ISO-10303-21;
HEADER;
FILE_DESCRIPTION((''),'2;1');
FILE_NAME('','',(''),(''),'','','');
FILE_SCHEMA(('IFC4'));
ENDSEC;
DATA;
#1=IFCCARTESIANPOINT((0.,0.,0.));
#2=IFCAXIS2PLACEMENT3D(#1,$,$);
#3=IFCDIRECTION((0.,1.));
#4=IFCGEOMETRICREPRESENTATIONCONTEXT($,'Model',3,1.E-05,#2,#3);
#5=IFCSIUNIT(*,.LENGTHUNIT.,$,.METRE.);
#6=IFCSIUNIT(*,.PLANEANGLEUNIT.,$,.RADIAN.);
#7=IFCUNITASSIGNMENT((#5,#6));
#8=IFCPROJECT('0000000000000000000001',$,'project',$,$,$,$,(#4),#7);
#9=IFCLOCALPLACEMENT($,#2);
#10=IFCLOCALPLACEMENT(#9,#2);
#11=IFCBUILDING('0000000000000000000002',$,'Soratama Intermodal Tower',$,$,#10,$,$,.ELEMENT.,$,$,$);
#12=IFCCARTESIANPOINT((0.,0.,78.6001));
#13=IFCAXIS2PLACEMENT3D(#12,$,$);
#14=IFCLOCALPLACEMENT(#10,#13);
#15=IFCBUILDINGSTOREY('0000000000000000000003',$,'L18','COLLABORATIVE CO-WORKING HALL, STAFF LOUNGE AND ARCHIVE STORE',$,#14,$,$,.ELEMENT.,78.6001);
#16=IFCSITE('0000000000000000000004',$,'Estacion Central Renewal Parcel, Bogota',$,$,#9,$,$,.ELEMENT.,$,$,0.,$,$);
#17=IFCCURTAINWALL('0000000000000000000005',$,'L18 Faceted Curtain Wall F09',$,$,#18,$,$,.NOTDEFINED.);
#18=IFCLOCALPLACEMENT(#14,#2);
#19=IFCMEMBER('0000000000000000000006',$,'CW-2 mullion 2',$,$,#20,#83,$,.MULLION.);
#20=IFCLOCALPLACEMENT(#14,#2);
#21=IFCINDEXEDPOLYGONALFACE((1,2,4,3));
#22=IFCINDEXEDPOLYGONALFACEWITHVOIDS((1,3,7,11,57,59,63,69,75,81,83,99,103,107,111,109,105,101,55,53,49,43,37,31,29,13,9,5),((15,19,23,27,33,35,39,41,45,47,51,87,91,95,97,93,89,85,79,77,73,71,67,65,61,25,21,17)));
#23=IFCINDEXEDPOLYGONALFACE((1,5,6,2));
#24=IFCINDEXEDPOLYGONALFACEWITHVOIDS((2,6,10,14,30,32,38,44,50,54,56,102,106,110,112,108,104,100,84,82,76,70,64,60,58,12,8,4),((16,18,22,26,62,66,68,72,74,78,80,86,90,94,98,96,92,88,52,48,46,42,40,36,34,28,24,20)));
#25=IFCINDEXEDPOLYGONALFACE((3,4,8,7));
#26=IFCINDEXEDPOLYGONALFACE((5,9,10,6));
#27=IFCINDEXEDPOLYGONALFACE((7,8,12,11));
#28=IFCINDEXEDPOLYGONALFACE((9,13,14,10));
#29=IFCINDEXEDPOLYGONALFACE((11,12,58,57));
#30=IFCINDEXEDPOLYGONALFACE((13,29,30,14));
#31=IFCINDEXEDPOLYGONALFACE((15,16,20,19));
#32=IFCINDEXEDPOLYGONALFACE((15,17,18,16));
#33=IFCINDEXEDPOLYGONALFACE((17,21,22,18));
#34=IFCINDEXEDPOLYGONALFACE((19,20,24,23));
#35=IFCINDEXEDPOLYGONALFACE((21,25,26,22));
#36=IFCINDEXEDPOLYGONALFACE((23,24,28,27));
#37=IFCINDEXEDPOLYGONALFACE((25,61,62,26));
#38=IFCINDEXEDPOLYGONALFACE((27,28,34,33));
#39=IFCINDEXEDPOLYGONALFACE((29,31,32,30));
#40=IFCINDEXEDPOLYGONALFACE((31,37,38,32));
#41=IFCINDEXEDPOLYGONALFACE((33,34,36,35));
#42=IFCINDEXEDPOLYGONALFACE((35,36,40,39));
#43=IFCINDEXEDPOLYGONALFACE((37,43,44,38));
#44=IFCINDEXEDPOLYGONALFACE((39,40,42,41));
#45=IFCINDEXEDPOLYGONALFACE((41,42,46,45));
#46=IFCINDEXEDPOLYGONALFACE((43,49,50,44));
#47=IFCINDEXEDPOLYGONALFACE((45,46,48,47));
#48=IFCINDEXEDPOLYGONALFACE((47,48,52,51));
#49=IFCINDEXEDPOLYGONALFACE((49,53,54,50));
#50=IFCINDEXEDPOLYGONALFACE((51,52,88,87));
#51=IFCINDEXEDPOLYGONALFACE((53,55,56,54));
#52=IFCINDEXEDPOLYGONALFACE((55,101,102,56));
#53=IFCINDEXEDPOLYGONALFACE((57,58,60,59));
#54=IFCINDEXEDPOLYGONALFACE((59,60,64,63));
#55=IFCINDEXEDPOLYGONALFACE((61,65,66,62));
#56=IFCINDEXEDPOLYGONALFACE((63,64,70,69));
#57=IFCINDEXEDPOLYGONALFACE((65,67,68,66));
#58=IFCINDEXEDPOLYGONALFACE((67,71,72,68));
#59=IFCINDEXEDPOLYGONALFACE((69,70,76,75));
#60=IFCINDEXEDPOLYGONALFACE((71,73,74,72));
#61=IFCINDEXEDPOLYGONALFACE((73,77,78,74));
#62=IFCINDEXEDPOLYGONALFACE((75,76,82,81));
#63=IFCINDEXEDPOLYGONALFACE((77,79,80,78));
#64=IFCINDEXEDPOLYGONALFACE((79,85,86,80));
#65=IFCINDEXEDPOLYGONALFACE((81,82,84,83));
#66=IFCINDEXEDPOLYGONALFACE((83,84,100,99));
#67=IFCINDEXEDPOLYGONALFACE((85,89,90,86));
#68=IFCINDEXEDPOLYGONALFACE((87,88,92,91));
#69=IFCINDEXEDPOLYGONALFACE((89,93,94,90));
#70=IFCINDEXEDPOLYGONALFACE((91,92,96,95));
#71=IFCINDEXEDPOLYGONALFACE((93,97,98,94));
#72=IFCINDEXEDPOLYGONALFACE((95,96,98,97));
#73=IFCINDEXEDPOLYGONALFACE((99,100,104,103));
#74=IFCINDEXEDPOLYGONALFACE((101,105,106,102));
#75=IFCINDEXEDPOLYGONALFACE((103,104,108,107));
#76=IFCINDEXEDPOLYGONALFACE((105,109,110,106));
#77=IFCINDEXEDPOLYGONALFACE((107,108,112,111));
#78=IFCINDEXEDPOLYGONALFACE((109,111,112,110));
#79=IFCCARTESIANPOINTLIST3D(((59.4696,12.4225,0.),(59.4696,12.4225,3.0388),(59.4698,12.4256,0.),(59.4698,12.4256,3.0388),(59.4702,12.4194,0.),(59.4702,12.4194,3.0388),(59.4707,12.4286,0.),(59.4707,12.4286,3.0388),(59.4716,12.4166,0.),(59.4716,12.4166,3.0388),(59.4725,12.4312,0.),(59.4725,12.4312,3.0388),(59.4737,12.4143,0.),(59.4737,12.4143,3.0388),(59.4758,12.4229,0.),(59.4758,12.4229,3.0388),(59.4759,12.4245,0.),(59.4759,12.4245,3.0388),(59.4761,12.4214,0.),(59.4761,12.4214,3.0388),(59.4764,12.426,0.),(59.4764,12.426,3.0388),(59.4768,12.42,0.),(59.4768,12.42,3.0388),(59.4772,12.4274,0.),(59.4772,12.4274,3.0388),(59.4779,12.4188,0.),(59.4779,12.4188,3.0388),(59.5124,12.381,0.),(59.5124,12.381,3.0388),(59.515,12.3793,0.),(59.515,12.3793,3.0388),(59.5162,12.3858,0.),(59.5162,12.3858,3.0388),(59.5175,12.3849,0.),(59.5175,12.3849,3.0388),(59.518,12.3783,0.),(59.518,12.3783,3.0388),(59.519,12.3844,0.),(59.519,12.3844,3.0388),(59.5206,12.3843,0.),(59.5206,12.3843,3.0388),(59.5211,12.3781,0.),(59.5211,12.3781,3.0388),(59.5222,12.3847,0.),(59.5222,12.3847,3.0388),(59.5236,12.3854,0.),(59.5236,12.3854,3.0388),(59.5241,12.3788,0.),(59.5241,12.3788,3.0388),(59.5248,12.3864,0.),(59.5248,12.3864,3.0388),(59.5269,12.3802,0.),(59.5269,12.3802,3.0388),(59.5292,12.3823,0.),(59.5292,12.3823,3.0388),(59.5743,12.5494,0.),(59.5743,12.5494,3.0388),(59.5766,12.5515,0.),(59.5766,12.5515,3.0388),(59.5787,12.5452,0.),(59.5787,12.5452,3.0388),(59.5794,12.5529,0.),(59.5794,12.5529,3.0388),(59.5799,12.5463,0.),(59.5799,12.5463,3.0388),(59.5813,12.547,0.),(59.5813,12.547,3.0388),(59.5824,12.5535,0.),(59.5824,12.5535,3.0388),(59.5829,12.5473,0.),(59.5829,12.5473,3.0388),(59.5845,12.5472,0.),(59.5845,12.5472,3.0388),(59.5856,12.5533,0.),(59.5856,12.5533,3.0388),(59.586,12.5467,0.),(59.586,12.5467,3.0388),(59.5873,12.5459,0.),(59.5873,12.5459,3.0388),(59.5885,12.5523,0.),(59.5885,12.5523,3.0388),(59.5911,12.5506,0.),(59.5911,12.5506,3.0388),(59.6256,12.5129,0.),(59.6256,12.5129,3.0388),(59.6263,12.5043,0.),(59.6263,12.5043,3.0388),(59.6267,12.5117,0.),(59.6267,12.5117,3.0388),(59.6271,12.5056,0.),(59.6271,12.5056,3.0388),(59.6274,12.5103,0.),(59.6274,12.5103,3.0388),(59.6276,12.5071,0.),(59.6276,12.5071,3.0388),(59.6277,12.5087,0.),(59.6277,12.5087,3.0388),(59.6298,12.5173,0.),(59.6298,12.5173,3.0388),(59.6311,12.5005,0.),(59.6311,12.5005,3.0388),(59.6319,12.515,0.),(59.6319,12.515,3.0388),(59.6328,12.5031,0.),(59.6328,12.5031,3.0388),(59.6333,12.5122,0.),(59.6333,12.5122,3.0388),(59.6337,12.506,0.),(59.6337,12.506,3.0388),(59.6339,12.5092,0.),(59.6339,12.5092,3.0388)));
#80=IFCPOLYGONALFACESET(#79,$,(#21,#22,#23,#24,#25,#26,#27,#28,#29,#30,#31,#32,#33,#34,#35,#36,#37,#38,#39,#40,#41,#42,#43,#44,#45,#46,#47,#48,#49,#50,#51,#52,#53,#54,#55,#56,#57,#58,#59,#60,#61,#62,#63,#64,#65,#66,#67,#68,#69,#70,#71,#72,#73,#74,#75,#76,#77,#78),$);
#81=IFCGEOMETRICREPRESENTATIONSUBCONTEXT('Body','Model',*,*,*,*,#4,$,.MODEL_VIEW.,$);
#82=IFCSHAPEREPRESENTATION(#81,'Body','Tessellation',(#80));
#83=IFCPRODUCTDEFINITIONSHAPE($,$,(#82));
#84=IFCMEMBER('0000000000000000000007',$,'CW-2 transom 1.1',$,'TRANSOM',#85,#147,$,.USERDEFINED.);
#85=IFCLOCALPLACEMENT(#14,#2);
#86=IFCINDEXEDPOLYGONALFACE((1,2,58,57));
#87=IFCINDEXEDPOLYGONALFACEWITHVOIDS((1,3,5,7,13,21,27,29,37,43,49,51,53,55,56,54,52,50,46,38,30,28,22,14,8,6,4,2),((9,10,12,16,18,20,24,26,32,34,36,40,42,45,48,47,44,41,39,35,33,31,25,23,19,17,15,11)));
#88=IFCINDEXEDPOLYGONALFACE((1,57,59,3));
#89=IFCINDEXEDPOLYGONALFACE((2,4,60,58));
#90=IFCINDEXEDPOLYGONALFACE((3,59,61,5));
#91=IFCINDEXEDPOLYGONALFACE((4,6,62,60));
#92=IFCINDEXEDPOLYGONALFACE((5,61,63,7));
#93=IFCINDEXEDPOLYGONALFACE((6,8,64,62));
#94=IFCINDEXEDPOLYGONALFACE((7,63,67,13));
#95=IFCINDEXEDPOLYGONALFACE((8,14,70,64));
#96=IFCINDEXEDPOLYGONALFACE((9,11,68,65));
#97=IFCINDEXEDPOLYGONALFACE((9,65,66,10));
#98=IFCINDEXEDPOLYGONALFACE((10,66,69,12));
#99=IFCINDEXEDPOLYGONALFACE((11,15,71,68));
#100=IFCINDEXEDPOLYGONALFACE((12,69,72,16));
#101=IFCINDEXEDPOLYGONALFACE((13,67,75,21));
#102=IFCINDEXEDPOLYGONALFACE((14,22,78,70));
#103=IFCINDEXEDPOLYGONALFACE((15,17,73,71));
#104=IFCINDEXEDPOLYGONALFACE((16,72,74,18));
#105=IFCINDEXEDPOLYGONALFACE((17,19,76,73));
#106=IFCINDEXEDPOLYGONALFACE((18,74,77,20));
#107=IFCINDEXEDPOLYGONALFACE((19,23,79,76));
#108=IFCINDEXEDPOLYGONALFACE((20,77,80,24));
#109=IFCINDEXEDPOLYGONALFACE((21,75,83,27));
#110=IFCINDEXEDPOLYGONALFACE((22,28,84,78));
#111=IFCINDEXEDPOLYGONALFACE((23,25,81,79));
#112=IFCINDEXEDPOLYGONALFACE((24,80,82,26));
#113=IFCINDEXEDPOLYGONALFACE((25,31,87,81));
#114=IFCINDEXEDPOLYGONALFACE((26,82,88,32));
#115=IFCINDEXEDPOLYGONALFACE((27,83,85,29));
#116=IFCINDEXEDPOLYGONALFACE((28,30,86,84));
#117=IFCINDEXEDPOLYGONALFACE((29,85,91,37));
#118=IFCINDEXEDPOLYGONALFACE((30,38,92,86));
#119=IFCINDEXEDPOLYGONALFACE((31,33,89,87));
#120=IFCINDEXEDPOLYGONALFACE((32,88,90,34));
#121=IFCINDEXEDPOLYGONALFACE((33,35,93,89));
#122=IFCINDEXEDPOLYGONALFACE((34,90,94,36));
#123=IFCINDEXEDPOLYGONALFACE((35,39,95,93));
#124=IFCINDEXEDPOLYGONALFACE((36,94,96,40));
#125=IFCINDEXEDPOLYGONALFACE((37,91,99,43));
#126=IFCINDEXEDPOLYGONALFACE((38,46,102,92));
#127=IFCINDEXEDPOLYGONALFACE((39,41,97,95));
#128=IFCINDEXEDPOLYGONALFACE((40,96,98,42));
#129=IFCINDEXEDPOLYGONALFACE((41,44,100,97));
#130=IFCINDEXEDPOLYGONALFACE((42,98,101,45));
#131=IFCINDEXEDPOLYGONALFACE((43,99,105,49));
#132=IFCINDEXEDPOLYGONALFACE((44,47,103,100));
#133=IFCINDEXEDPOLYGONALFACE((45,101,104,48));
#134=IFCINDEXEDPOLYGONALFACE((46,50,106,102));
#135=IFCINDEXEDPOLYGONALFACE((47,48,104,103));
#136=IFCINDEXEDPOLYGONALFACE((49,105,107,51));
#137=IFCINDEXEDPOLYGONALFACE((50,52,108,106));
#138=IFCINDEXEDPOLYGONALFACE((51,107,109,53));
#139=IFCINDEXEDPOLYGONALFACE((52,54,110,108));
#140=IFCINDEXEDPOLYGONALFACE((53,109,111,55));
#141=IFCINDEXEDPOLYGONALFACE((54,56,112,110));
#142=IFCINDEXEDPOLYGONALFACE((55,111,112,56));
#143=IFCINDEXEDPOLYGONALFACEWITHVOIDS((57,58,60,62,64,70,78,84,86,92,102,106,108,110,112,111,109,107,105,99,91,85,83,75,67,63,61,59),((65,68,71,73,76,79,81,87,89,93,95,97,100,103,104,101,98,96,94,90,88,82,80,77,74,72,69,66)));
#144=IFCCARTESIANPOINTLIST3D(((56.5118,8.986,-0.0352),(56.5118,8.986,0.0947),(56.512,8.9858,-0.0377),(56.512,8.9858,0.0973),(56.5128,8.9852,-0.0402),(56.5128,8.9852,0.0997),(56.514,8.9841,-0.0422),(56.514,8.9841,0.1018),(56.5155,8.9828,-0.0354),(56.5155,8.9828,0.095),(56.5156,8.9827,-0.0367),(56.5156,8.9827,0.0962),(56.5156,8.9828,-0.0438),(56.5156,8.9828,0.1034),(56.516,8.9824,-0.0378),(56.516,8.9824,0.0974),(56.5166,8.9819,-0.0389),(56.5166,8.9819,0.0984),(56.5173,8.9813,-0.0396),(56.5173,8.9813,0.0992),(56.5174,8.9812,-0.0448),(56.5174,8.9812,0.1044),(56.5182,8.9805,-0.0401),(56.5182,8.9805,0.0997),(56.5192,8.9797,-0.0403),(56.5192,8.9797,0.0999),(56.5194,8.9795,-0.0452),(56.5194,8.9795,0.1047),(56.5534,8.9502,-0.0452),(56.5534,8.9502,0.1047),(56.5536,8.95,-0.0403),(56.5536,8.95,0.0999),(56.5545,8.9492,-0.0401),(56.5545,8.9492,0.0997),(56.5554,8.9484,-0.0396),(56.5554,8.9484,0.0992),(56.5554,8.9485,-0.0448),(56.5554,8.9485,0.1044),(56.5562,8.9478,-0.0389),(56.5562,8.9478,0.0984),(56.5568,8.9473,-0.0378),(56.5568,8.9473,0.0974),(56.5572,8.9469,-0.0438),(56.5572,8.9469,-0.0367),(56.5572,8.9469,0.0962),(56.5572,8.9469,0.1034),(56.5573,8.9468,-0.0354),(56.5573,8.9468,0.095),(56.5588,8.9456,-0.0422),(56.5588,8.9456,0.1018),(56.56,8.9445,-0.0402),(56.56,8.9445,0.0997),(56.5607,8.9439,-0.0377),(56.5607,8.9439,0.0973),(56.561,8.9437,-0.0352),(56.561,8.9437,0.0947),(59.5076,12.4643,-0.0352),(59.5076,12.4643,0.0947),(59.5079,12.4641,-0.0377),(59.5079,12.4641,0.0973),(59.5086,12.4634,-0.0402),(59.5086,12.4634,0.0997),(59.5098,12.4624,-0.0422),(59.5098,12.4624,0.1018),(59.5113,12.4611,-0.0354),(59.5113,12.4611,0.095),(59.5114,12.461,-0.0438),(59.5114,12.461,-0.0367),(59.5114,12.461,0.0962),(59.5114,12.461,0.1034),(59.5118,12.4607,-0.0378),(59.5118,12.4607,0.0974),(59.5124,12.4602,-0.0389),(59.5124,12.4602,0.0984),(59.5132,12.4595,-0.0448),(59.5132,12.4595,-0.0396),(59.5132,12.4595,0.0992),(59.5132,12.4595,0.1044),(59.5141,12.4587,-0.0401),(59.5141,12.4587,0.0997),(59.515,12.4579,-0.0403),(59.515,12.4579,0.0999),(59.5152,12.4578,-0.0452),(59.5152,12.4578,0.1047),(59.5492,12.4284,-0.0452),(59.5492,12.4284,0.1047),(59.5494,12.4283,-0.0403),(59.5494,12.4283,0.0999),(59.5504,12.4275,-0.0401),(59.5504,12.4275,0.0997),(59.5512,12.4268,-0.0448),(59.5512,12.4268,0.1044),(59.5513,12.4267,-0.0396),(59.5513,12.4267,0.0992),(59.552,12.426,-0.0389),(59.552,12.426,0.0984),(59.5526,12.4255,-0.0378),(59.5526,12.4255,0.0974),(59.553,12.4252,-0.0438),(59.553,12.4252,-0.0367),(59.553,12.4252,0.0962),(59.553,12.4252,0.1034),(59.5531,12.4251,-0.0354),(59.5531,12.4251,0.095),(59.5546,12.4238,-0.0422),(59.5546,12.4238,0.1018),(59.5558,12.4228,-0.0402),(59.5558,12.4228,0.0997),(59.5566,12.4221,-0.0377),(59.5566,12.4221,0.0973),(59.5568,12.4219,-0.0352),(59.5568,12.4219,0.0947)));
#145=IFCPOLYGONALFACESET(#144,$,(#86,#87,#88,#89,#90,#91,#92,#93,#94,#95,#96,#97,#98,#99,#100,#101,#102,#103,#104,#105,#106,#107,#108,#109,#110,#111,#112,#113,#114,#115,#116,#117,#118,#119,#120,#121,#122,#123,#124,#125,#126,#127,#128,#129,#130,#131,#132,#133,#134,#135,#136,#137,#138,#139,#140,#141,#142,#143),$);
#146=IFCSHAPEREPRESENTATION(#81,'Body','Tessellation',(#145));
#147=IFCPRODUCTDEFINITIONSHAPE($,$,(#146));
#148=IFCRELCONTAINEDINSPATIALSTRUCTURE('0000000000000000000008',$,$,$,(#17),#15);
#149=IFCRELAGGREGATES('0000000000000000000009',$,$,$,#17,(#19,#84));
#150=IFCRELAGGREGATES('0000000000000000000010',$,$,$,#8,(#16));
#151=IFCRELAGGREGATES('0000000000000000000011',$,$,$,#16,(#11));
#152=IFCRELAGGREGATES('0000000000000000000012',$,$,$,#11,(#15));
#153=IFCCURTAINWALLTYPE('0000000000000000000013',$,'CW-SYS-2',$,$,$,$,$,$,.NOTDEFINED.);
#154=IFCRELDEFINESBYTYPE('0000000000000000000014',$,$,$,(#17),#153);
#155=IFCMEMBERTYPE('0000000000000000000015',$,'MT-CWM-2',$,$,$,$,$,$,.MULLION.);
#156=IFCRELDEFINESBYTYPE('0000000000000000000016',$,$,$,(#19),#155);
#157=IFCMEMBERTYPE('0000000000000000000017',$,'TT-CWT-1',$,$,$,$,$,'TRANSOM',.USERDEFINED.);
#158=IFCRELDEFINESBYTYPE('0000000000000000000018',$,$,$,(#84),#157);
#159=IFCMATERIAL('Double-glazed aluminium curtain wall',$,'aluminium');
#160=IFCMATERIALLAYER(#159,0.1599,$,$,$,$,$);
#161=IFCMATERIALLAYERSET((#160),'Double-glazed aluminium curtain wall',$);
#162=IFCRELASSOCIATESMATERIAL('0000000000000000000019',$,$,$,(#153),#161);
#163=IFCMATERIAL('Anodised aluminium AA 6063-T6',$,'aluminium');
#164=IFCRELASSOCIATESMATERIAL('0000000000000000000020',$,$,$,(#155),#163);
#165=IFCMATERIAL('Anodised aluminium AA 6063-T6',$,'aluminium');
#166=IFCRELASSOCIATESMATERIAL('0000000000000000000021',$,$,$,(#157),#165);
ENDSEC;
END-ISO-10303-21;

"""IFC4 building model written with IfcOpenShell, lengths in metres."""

from ifc_helpers import new_model, si_unit, direction, frame, origin, origin_2d, place, context, subcontext, project, spatial, hollow_rectangle, extrude, material, layer, layer_set, material_profile, profile_set, type_object, element, aggregate, save


model = new_model("IFC4")

# Units and contexts
model_context = context("Model", 3, precision=1e-05, world=origin(), true_north=direction((0.0, 1.0)))
body_context = subcontext(model_context, "Body", "Model", "MODEL_VIEW")
ifc_project = project(units=[si_unit("LENGTHUNIT", "METRE"), si_unit("PLANEANGLEUNIT", "RADIAN")], contexts=[model_context])

# Site, building, storey
site_placement = place(None, origin())
site = spatial("IfcSite", under=ifc_project, at=site_placement, Name="Estacion Central Renewal Parcel, Bogota", CompositionType="ELEMENT", RefElevation=0.0)
building_placement = place(site_placement, origin())
building = spatial("IfcBuilding", under=site, at=building_placement, Name="Soratama Intermodal Tower", CompositionType="ELEMENT")
storey_placement = place(building_placement, frame((0.0, 0.0, 78.6001)))
storey = spatial("IfcBuildingStorey", under=building, at=storey_placement, Name="L18", Description="COLLABORATIVE CO-WORKING HALL, STAFF LOUNGE AND ARCHIVE STORE", CompositionType="ELEMENT", Elevation=78.6001)

# Curtain wall, members
ifc_material_1 = material(Name="Double-glazed aluminium curtain wall", Category="aluminium")
ifc_layer_1 = layer(ifc_material_1, 0.1599)
ifc_layer_set_1 = layer_set([ifc_layer_1], Name="Double-glazed aluminium curtain wall")
curtain_wall_type = type_object("IfcCurtainWallType", Name="CW-SYS-2", PredefinedType="NOTDEFINED", material=ifc_layer_set_1)
curtain_wall_placement = place(storey_placement, origin())
curtain_wall = element("IfcCurtainWall", 1, at=curtain_wall_placement, inside=storey, type_object=curtain_wall_type, Name="L18 Faceted Curtain Wall F09", PredefinedType="NOTDEFINED")
ifc_material_2 = material(Name="Anodised aluminium AA 6063-T6", Category="aluminium")
ifc_material_profile_1 = material_profile(ifc_material_2, hollow_rectangle(XDim=0.075, YDim=0.1799, WallThickness=0.0061, InnerFilletRadius=0.0061, OuterFilletRadius=0.012, at=origin_2d()), Name="CWM180X75X6")
ifc_profile_set_1 = profile_set([ifc_material_profile_1], Name="Anodised aluminium AA 6063-T6")
member_type_1 = type_object("IfcMemberType", Name="MT-CWM-2", PredefinedType="MULLION", material=ifc_profile_set_1)
member_1_placement = place(storey_placement, frame((59.5518, 12.4658, 0.0), z_axis=(0.0, 0.0, 1.0), x_axis=(-0.757678, 0.652629, 0.0)))
member_1 = element("IfcMember", 2, at=member_1_placement, type_object=member_type_1, Name="CW-2 mullion 2", PredefinedType="MULLION", context=body_context, shape_type="SweptSolid", body=[
    extrude(hollow_rectangle(XDim=0.075, YDim=0.1799, WallThickness=0.0061, InnerFilletRadius=0.0061, OuterFilletRadius=0.012, at=origin_2d()), origin(), (0.0, 0.0, 1.0), 3.0388),
])
ifc_material_3 = material(Name="Anodised aluminium AA 6063-T6", Category="aluminium")
ifc_material_profile_2 = material_profile(ifc_material_3, hollow_rectangle(XDim=0.0649, YDim=0.1499, WallThickness=0.0049, InnerFilletRadius=0.0049, OuterFilletRadius=0.01, at=origin_2d()), Name="CWT150X65X5")
ifc_profile_set_2 = profile_set([ifc_material_profile_2], Name="Anodised aluminium AA 6063-T6")
member_type_2 = type_object("IfcMemberType", Name="TT-CWT-1", ElementType="TRANSOM", PredefinedType="USERDEFINED", material=ifc_profile_set_2)
member_2_placement = place(storey_placement, frame((56.5364, 8.9648, 0.0298), z_axis=(0.652607, 0.757696, 0.0), x_axis=(-0.757696, 0.652607, 0.0)))
member_2 = element("IfcMember", 3, at=member_2_placement, type_object=member_type_2, Name="CW-2 transom 1.1", ObjectType="TRANSOM", PredefinedType="USERDEFINED", context=body_context, shape_type="SweptSolid", body=[
    extrude(hollow_rectangle(XDim=0.0649, YDim=0.1499, WallThickness=0.0049, InnerFilletRadius=0.0049, OuterFilletRadius=0.01, at=origin_2d()), origin(), (0.0, 0.0, 1.0), 4.5906),
])
aggregate(curtain_wall, [member_1, member_2])

save(model, "model.ifc")
